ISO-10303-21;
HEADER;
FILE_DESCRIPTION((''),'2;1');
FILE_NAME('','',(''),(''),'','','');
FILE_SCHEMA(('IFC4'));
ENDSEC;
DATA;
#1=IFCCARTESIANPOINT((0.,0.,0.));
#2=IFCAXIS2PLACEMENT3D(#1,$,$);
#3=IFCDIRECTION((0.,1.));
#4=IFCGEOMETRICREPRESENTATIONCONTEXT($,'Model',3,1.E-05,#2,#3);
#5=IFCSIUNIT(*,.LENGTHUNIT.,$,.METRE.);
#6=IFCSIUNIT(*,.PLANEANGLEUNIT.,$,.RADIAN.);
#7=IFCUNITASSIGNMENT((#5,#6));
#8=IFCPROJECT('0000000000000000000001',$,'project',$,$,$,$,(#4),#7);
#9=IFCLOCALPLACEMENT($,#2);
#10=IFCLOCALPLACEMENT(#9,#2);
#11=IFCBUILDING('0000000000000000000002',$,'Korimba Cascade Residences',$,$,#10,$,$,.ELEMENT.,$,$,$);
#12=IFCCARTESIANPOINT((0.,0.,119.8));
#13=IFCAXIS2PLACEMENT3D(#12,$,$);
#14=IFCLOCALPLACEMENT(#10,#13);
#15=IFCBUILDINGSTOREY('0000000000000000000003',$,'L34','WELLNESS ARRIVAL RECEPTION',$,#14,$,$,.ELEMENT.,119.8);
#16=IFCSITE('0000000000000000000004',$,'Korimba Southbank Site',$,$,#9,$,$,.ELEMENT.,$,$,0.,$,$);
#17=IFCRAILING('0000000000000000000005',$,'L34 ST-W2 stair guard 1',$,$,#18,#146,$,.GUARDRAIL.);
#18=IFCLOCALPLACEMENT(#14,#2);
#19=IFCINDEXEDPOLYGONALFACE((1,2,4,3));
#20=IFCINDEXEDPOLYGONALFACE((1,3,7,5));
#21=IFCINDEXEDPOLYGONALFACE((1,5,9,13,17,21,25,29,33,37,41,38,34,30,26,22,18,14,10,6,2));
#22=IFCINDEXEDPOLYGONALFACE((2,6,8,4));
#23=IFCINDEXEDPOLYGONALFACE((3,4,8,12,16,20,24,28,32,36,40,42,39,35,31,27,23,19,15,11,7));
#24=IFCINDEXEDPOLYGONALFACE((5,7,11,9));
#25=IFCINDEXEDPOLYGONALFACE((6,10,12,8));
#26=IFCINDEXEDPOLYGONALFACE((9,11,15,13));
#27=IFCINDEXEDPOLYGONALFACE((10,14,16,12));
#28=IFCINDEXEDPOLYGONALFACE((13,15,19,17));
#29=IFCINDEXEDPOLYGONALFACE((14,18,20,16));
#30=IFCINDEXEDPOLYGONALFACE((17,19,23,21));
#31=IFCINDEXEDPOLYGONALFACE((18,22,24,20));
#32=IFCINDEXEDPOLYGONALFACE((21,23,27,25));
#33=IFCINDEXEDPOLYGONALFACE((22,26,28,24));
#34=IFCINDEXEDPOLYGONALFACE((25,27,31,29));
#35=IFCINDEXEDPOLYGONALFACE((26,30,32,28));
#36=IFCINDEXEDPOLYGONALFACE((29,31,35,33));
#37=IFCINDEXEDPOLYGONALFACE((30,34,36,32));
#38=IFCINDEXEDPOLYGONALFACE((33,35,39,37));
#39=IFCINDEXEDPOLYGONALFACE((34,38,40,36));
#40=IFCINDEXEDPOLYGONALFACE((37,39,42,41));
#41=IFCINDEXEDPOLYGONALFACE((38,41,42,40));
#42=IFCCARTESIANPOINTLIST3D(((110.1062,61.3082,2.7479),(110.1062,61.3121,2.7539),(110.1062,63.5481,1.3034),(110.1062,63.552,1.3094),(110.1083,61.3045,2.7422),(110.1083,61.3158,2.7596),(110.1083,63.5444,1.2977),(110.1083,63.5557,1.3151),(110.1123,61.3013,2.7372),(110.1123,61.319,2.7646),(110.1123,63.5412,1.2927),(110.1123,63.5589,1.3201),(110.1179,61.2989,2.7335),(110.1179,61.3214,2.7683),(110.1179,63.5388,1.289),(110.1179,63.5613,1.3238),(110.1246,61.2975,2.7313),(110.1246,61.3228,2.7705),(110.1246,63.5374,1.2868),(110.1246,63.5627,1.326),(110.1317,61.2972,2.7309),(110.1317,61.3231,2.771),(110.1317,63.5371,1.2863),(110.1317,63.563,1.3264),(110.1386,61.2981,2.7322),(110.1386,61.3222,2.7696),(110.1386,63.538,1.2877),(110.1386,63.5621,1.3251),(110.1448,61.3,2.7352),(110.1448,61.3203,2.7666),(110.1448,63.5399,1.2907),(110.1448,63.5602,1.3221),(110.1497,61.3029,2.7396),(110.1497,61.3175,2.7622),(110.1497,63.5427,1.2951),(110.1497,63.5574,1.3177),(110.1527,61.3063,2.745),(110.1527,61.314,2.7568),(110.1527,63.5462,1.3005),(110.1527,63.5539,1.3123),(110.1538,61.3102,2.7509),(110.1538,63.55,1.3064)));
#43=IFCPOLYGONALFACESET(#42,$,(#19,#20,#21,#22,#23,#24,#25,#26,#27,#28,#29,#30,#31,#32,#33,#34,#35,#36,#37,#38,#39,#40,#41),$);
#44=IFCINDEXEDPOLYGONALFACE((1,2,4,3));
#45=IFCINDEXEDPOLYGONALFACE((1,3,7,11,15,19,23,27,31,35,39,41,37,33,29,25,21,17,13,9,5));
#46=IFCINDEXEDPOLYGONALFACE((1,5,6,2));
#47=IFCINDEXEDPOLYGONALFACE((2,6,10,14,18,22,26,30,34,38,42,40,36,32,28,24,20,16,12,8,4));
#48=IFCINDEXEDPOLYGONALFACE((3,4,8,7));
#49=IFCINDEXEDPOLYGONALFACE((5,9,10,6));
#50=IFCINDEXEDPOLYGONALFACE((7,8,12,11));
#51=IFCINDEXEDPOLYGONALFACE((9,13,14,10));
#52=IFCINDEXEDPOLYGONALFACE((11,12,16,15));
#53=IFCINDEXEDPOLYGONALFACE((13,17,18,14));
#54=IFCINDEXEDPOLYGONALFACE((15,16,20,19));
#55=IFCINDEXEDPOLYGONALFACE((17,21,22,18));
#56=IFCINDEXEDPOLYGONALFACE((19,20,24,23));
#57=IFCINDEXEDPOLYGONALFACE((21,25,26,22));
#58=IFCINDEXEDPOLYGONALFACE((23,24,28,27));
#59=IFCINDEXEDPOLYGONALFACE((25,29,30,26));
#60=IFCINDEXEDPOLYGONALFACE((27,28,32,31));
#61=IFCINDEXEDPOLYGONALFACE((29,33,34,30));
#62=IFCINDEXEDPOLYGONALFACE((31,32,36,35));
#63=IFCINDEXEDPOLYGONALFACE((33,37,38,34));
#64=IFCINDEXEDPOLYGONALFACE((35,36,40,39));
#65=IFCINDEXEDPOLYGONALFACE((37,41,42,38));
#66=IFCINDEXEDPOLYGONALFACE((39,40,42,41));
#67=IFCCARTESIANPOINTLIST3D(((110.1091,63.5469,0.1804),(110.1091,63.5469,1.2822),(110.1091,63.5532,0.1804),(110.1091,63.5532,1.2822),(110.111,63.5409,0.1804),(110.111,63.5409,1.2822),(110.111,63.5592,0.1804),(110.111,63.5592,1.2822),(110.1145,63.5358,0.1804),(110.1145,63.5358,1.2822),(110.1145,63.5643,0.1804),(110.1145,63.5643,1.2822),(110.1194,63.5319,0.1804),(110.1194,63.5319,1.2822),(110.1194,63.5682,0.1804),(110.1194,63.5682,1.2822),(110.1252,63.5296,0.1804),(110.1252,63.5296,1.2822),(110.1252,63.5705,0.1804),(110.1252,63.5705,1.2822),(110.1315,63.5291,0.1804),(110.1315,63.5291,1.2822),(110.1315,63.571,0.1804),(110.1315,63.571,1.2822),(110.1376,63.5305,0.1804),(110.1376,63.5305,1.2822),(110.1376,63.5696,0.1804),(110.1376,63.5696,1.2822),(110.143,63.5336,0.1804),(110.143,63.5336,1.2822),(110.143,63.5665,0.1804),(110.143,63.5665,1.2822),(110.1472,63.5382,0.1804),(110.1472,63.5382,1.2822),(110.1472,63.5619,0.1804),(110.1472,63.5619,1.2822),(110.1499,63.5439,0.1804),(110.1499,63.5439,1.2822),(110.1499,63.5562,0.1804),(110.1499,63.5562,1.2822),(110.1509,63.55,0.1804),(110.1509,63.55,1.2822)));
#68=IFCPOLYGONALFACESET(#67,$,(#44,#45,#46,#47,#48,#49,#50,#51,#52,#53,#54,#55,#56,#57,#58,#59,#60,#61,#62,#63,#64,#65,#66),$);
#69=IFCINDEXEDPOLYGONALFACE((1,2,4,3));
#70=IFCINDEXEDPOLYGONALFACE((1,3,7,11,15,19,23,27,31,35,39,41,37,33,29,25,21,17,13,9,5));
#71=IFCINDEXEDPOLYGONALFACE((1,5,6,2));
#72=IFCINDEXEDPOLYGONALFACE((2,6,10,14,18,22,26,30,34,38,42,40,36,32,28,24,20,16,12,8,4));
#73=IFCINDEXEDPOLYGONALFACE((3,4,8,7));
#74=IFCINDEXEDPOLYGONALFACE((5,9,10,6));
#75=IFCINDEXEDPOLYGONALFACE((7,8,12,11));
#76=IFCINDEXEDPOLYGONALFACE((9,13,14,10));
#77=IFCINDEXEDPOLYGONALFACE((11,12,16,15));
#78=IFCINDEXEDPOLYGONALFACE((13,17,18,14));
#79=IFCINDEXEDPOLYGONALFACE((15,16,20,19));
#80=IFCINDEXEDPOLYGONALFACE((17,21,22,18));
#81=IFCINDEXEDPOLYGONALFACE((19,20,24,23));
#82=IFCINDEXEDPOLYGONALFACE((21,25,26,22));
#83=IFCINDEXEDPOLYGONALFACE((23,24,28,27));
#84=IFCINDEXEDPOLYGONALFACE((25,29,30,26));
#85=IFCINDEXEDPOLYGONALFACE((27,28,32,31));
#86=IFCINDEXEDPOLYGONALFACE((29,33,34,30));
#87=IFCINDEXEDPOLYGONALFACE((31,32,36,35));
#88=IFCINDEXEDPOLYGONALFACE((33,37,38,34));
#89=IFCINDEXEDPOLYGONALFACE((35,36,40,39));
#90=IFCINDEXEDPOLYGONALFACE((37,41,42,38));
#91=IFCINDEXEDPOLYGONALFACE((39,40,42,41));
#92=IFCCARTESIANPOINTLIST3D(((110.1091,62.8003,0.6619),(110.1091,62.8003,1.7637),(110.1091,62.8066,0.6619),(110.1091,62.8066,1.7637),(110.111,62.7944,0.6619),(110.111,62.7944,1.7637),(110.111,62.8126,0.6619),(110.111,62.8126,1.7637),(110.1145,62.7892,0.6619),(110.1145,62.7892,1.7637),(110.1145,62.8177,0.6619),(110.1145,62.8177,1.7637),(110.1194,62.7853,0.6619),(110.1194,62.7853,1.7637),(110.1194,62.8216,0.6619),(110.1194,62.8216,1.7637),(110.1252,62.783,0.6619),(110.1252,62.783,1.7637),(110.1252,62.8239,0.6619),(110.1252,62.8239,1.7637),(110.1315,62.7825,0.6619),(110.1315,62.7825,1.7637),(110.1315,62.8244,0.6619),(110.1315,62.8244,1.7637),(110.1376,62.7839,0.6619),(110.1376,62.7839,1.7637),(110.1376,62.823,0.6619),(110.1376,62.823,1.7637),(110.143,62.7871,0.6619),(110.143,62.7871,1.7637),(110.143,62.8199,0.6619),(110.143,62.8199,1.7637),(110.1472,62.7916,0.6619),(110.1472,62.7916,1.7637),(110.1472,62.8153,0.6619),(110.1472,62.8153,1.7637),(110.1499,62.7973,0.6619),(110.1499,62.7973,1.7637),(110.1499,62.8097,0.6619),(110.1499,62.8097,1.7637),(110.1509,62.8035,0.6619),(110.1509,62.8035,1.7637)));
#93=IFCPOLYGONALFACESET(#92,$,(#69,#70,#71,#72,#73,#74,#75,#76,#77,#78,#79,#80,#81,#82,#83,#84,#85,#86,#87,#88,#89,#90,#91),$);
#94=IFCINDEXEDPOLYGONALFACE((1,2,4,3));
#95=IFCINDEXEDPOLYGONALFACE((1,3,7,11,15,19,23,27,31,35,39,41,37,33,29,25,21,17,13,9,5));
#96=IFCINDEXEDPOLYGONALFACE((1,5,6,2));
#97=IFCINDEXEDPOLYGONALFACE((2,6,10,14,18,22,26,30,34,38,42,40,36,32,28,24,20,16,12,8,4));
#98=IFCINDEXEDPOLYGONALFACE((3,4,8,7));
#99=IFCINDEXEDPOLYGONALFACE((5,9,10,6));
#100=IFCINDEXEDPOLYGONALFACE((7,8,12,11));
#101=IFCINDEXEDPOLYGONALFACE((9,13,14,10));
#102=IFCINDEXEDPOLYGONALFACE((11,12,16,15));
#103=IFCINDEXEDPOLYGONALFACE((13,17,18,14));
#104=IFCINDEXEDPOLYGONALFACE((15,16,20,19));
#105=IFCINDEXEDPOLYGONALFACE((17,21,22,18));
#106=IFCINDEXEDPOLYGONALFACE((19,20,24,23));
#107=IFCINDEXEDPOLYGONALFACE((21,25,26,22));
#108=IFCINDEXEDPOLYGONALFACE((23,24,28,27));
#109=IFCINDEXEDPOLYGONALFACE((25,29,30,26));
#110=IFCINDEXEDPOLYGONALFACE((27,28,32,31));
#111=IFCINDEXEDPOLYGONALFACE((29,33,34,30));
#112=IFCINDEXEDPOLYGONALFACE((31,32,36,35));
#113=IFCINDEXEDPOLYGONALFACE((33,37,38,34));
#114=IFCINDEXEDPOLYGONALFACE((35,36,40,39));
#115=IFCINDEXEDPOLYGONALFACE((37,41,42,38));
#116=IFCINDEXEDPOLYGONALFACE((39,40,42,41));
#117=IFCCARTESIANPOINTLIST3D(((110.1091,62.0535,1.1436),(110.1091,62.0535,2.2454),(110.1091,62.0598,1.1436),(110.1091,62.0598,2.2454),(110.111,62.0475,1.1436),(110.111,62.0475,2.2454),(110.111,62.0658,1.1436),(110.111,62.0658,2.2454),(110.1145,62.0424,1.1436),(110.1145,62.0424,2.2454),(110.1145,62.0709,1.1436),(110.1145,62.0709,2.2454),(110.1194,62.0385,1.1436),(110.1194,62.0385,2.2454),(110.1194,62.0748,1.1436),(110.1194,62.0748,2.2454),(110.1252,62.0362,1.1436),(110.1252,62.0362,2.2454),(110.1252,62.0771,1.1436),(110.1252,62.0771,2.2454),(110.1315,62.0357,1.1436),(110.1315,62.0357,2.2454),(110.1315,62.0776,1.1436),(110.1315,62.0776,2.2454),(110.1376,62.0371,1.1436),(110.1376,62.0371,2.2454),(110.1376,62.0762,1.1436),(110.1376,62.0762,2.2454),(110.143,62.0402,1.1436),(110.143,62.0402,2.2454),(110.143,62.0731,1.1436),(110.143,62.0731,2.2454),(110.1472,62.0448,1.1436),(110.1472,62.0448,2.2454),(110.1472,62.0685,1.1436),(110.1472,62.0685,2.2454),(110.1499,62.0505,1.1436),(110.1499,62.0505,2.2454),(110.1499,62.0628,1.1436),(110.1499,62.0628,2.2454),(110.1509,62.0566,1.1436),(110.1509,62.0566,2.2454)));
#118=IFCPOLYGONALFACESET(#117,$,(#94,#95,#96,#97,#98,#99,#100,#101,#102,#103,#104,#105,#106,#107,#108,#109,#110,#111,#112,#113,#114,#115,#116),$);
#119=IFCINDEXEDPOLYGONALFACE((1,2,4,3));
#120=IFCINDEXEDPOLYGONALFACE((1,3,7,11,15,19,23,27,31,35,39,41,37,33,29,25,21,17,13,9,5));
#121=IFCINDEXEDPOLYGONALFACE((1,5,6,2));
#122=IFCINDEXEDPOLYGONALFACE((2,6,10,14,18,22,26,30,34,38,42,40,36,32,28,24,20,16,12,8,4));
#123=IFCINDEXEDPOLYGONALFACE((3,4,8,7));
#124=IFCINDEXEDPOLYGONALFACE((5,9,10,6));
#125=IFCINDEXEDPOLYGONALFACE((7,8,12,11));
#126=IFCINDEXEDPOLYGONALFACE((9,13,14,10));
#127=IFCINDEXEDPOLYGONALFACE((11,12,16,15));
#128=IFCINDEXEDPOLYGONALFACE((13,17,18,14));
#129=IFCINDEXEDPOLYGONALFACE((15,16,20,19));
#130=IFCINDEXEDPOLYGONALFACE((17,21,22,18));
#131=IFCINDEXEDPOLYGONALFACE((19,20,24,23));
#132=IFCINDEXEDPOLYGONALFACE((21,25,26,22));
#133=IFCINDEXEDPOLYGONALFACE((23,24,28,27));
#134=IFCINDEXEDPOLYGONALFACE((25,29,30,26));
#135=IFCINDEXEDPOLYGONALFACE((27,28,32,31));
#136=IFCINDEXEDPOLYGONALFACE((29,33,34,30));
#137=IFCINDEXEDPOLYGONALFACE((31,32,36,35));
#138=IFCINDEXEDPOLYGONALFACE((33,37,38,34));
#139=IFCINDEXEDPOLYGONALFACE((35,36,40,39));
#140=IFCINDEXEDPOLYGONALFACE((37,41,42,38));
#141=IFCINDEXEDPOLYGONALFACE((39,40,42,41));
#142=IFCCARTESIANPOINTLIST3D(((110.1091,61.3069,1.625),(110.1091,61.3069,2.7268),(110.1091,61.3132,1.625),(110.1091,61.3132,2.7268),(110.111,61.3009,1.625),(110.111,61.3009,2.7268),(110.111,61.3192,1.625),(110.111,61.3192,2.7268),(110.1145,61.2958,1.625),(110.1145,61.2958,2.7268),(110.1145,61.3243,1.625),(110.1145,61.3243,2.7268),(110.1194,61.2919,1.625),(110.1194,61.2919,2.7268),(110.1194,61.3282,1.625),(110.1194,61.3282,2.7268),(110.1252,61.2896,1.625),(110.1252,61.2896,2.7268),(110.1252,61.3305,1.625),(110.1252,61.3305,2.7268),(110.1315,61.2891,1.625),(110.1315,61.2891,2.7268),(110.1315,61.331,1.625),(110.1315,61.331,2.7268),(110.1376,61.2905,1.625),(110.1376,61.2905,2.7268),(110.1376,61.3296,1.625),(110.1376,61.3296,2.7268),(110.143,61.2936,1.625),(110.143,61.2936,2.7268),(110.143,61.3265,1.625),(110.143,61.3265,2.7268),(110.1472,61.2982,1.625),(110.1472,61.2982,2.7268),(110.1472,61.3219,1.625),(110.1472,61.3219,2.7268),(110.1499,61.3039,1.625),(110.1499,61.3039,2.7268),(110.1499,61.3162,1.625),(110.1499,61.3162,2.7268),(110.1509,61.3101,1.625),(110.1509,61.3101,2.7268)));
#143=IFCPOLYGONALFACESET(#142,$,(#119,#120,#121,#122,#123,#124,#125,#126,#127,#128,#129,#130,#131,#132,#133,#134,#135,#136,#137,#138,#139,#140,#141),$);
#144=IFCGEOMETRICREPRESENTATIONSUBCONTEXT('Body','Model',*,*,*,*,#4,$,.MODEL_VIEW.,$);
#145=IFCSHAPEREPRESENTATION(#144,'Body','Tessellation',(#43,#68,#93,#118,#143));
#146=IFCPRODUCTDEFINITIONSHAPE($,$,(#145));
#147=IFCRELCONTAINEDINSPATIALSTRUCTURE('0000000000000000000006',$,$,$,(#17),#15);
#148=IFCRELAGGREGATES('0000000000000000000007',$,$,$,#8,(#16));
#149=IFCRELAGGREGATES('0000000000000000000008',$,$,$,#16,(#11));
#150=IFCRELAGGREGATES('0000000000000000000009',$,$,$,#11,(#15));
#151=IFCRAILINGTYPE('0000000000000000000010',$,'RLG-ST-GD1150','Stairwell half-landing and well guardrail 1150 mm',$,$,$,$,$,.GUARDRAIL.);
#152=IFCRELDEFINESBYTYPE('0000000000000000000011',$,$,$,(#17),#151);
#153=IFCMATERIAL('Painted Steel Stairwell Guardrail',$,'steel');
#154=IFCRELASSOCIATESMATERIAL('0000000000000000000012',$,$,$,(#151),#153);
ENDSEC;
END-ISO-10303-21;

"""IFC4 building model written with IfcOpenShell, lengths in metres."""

from ifc_helpers import new_model, si_unit, direction, frame, origin, origin_2d, place, context, subcontext, project, spatial, circle, extrude, material, type_object, element, save


model = new_model("IFC4")

# Units and contexts
model_context = context("Model", 3, precision=1e-05, world=origin(), true_north=direction((0.0, 1.0)))
body_context = subcontext(model_context, "Body", "Model", "MODEL_VIEW")
ifc_project = project(units=[si_unit("LENGTHUNIT", "METRE"), si_unit("PLANEANGLEUNIT", "RADIAN")], contexts=[model_context])

# Site, building, storey
site_placement = place(None, origin())
site = spatial("IfcSite", under=ifc_project, at=site_placement, Name="Korimba Southbank Site", CompositionType="ELEMENT", RefElevation=0.0)
building_placement = place(site_placement, origin())
building = spatial("IfcBuilding", under=site, at=building_placement, Name="Korimba Cascade Residences", CompositionType="ELEMENT")
storey_placement = place(building_placement, frame((0.0, 0.0, 119.8)))
storey = spatial("IfcBuildingStorey", under=building, at=storey_placement, Name="L34", Description="WELLNESS ARRIVAL RECEPTION", CompositionType="ELEMENT", Elevation=119.8)

# Railing
ifc_material_1 = material(Name="Painted Steel Stairwell Guardrail", Category="steel")
railing_type_1 = type_object("IfcRailingType", Name="RLG-ST-GD1150", Description="Stairwell half-landing and well guardrail 1150 mm", PredefinedType="GUARDRAIL", material=ifc_material_1)
railing_1_placement = place(storey_placement, frame((110.1299, 63.55, 0.1804)))
element("IfcRailing", 1, at=railing_1_placement, inside=storey, type_object=railing_type_1, Name="L34 ST-W2 stair guard 1", PredefinedType="GUARDRAIL", context=body_context, shape_type="SweptSolid", body=[
    extrude(circle(Radius=0.0239, at=origin_2d()), frame((0.0, 0.0, 1.126), z_axis=(0.0, -0.840395, 0.541975), x_axis=(1.0, 0.0, 0.0)), (0.0, 0.0, 1.0), 2.6653),
    extrude(circle(Radius=0.021, at=origin_2d()), origin(), (0.0, 0.0, 1.0), 1.1018),
    extrude(circle(Radius=0.021, at=origin_2d()), frame((0.0, -0.7466, 0.4814)), (0.0, 0.0, 1.0), 1.1018),
    extrude(circle(Radius=0.021, at=origin_2d()), frame((0.0, -1.4934, 0.9631)), (0.0, 0.0, 1.0), 1.1018),
    extrude(circle(Radius=0.021, at=origin_2d()), frame((0.0, -2.24, 1.4446)), (0.0, 0.0, 1.0), 1.1018),
])

save(model, "model.ifc")
